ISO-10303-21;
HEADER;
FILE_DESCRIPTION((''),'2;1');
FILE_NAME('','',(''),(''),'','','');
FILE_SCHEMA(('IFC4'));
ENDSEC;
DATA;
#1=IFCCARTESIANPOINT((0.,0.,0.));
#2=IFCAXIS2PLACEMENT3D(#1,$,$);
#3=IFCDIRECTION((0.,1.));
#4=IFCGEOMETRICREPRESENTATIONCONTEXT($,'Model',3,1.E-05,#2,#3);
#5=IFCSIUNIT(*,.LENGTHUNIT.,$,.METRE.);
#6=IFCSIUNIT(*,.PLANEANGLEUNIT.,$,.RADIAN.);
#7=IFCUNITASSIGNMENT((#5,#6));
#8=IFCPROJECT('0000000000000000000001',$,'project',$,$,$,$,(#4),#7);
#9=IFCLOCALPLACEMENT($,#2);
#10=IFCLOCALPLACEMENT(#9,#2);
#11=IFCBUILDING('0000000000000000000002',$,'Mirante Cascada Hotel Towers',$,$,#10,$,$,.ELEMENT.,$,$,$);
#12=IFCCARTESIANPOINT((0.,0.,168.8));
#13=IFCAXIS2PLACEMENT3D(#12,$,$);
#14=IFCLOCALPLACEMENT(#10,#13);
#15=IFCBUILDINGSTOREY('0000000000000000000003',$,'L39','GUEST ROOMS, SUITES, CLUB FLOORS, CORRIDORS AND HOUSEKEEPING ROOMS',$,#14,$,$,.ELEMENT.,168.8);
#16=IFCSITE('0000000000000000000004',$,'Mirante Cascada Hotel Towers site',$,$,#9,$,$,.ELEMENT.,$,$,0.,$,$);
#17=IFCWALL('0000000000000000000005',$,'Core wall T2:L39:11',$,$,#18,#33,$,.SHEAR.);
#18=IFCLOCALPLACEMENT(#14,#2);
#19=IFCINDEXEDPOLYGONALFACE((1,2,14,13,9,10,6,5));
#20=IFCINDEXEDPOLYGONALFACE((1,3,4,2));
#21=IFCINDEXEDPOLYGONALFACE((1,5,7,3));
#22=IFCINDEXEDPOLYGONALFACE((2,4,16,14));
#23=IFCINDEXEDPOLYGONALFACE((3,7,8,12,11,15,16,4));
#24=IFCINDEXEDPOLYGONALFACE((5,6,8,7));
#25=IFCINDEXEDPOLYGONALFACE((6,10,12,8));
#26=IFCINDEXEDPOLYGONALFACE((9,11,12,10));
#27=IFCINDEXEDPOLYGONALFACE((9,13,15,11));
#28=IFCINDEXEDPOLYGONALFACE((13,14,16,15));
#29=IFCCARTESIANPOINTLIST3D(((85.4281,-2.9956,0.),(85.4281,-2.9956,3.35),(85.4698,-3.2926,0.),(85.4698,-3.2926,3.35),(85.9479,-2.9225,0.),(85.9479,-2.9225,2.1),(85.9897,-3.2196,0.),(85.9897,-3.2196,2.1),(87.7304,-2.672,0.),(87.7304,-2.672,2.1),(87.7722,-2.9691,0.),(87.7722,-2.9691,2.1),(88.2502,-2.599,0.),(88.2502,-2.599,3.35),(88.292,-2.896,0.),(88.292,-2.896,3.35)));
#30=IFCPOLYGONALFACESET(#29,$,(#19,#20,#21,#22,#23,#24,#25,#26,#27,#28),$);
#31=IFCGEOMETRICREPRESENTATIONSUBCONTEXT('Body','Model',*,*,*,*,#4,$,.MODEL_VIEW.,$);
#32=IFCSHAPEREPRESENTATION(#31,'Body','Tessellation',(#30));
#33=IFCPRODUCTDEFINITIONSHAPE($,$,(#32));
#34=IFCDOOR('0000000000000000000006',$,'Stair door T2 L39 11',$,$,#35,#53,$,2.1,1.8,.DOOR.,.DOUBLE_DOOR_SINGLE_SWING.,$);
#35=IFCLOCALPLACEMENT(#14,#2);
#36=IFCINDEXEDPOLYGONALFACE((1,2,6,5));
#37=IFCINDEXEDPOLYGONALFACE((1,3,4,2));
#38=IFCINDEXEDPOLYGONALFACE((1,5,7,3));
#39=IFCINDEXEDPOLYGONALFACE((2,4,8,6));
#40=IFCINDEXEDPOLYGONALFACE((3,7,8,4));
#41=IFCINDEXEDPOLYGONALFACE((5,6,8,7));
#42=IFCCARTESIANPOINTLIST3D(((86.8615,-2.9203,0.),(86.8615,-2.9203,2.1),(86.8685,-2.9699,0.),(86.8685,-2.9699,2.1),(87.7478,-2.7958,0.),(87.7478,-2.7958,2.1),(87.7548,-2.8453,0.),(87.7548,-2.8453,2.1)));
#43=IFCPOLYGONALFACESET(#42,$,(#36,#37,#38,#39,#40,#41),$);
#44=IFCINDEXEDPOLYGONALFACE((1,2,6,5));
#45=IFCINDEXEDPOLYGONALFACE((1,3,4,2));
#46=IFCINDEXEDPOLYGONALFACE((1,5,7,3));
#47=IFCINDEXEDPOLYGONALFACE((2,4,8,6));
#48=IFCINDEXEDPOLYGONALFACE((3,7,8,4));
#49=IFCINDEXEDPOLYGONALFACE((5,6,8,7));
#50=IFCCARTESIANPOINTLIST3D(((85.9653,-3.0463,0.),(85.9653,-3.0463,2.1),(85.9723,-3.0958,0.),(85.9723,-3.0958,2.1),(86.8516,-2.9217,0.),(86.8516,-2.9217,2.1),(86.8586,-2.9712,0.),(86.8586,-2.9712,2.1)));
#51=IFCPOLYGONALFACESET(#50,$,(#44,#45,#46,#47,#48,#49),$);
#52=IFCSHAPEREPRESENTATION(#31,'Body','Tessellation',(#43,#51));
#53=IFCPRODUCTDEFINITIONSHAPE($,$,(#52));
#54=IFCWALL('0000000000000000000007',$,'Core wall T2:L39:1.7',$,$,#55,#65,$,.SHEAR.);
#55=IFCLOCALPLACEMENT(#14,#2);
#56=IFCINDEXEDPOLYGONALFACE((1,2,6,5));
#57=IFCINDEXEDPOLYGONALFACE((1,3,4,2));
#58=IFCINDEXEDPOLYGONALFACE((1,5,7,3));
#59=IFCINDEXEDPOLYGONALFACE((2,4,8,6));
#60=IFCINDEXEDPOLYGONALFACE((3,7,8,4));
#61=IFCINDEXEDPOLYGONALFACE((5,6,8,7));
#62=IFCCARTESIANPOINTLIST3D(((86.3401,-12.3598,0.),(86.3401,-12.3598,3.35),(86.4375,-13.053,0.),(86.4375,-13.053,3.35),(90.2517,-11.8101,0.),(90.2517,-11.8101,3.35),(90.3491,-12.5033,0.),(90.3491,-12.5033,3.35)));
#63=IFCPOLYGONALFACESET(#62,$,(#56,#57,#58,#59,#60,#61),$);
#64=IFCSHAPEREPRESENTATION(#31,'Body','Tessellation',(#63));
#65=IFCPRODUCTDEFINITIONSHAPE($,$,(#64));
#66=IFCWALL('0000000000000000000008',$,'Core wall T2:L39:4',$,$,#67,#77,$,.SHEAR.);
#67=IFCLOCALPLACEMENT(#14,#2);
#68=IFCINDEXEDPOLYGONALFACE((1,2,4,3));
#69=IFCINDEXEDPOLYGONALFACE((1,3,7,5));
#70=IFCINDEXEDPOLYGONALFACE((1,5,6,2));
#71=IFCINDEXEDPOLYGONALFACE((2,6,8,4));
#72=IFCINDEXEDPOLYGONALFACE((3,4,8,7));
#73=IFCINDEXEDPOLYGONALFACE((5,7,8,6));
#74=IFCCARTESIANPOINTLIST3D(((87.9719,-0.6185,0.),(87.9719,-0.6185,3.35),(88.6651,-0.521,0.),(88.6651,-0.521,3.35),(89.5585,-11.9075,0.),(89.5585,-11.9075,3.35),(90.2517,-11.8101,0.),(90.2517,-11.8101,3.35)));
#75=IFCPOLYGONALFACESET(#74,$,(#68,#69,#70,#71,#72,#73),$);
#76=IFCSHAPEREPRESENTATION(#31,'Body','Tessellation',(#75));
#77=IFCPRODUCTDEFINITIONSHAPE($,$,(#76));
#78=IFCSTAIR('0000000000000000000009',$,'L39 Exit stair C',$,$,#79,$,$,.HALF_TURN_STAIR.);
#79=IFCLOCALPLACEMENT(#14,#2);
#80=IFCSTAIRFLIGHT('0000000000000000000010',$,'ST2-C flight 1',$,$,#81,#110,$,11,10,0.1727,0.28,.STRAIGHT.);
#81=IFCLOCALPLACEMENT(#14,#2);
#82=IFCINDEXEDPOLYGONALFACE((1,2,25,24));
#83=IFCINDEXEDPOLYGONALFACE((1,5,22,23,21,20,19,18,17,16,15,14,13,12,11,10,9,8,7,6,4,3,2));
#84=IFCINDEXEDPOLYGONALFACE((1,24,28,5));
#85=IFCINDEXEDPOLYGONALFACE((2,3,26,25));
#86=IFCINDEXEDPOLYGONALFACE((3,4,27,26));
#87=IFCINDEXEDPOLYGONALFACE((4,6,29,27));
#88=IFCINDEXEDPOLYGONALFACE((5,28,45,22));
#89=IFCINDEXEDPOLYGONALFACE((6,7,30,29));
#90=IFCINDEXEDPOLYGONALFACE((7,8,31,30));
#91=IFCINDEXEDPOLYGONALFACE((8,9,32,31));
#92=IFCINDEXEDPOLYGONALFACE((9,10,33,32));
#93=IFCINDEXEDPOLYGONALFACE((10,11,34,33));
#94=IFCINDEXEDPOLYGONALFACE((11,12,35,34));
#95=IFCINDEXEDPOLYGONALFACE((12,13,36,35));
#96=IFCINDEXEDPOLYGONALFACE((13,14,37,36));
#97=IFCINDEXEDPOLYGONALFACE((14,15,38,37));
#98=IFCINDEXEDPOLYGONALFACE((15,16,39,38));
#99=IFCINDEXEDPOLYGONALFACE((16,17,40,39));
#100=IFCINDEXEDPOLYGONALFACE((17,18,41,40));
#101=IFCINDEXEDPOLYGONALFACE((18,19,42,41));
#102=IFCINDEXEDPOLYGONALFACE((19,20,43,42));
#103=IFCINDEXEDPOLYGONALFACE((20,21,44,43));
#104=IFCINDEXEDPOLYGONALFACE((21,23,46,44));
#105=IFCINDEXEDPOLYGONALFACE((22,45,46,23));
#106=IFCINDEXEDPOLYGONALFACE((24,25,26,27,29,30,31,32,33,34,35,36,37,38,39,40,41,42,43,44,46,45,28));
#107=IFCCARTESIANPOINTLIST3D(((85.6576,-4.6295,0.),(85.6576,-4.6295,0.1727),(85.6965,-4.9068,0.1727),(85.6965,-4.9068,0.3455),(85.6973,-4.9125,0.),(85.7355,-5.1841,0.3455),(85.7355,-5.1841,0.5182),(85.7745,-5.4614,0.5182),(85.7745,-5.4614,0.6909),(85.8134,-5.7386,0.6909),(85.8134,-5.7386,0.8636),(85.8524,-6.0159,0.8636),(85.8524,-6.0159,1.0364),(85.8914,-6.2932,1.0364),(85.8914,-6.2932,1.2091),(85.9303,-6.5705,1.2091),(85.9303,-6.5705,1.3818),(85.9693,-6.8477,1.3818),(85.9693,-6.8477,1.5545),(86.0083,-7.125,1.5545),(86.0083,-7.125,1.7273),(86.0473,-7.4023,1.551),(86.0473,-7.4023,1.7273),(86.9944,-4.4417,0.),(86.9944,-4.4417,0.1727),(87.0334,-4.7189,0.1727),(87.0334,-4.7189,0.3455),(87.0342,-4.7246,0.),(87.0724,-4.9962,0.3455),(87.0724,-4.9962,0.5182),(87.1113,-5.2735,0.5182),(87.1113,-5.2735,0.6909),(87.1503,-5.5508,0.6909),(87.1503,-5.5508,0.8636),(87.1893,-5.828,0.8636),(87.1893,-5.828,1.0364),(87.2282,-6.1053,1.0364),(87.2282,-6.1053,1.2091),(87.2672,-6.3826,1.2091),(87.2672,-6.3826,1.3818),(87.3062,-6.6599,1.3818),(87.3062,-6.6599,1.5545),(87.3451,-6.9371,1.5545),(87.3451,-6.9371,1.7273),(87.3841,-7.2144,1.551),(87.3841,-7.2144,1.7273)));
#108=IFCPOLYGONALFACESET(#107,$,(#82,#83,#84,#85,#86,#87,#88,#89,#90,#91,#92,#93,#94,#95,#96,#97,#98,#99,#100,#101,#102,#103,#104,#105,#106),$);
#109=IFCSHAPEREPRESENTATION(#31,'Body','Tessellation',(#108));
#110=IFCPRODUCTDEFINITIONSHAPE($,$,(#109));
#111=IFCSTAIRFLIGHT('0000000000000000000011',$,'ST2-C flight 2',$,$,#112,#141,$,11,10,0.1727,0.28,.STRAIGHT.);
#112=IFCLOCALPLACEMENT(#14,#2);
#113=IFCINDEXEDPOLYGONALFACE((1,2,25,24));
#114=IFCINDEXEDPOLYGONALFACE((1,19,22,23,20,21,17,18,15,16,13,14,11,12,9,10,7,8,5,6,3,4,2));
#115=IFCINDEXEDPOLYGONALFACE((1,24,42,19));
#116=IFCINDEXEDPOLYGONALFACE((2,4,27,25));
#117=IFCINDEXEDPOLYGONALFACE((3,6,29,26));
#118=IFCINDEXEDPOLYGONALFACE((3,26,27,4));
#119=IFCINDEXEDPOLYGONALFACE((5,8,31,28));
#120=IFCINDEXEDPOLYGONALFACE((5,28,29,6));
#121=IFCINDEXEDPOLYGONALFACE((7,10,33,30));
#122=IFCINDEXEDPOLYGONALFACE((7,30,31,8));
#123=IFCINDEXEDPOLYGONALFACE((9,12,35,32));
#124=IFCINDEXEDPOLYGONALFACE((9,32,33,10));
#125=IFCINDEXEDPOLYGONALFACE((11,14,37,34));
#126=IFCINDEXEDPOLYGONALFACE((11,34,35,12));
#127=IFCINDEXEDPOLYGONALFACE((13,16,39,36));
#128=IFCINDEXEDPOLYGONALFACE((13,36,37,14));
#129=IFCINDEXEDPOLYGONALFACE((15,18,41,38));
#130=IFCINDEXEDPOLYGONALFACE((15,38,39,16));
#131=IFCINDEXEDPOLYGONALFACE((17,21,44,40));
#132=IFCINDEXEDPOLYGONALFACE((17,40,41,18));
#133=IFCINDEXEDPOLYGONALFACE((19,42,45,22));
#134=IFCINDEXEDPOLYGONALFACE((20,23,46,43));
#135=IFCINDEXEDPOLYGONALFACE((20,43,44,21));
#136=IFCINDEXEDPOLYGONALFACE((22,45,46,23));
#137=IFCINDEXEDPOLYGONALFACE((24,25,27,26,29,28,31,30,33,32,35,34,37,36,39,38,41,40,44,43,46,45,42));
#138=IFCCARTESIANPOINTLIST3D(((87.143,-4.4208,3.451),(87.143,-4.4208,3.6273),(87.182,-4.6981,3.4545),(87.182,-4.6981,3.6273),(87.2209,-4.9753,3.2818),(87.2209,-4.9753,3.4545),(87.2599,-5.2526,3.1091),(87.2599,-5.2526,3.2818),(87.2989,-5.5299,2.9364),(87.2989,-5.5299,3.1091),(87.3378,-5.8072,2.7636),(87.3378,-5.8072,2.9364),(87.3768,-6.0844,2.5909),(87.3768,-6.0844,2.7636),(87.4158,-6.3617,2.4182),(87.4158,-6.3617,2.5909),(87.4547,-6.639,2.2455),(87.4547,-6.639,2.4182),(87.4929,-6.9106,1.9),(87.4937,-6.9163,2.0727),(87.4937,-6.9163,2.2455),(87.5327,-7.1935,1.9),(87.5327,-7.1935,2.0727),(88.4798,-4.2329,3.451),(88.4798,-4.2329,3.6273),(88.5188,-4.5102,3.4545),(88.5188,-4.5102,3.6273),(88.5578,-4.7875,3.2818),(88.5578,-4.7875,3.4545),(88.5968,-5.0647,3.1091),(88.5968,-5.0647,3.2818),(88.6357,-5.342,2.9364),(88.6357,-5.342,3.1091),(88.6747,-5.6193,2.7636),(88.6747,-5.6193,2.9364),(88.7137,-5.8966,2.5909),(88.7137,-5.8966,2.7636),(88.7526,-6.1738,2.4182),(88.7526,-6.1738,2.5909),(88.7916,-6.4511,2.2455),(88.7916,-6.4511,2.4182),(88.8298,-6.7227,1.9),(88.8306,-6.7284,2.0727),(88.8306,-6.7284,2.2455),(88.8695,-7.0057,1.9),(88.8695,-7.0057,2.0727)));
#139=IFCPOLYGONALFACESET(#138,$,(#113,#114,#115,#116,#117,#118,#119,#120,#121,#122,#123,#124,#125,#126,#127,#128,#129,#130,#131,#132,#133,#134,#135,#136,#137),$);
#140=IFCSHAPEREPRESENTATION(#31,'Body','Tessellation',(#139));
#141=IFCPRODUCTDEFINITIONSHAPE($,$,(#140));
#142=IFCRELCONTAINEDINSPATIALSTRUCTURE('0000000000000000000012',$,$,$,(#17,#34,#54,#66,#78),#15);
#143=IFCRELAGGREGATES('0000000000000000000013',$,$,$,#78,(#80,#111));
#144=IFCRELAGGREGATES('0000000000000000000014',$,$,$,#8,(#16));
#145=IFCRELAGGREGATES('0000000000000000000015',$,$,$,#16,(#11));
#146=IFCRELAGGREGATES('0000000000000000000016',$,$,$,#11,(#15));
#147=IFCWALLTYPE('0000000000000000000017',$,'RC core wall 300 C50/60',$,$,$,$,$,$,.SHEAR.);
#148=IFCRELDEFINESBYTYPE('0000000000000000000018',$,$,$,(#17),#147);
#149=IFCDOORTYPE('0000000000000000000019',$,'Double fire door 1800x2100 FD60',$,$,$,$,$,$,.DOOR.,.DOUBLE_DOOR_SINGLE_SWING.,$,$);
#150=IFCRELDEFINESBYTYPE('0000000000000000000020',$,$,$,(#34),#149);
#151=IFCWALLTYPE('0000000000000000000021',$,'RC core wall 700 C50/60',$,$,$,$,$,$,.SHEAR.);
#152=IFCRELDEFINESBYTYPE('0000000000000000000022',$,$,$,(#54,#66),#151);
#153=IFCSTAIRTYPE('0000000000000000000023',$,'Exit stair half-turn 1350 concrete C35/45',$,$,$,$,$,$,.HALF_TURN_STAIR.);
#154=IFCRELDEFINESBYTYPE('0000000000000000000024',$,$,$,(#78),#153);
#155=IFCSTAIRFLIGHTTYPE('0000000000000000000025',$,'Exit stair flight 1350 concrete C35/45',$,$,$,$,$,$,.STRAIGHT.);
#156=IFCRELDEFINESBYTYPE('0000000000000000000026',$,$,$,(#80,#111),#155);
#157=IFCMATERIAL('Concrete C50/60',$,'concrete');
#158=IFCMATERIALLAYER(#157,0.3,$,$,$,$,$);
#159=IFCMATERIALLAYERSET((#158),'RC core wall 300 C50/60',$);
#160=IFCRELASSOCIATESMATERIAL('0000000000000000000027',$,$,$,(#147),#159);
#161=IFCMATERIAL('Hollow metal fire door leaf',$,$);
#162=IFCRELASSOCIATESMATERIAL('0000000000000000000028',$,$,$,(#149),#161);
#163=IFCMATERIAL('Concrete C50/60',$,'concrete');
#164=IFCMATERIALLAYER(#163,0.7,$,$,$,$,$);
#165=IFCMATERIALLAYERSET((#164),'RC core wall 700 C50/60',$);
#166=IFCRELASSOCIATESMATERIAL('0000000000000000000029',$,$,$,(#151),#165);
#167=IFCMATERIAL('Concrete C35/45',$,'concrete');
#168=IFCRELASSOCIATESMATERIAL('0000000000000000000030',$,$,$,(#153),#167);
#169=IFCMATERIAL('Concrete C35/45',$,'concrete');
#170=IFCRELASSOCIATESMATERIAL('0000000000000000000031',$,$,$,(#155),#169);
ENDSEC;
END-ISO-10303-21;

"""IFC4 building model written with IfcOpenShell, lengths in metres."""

from ifc_helpers import new_model, si_unit, direction, frame, frame_2d, origin, place, context, subcontext, project, spatial, polyline, rectangle, outline, extrude, material, layer, layer_set, type_object, element, fill, aggregate, save


model = new_model("IFC4")

# Units and contexts
model_context = context("Model", 3, precision=1e-05, world=origin(), true_north=direction((0.0, 1.0)))
body_context = subcontext(model_context, "Body", "Model", "MODEL_VIEW")
ifc_project = project(units=[si_unit("LENGTHUNIT", "METRE"), si_unit("PLANEANGLEUNIT", "RADIAN")], contexts=[model_context])

# Site, building, storey
site_placement = place(None, origin())
site = spatial("IfcSite", under=ifc_project, at=site_placement, Name="Mirante Cascada Hotel Towers site", CompositionType="ELEMENT", RefElevation=0.0)
building_placement = place(site_placement, origin())
building = spatial("IfcBuilding", under=site, at=building_placement, Name="Mirante Cascada Hotel Towers", CompositionType="ELEMENT")
storey_placement = place(building_placement, frame((0.0, 0.0, 168.8)))
storey = spatial("IfcBuildingStorey", under=building, at=storey_placement, Name="L39", Description="GUEST ROOMS, SUITES, CLUB FLOORS, CORRIDORS AND HOUSEKEEPING ROOMS", CompositionType="ELEMENT", Elevation=168.8)

# Shared definitions
ifc_material_1 = material(Name="Concrete C50/60", Category="concrete")
ifc_layer_1 = layer(ifc_material_1, 0.3)
ifc_layer_set_1 = layer_set([ifc_layer_1], Name="RC core wall 300 C50/60")
wall_type_1 = type_object("IfcWallType", Name="RC core wall 300 C50/60", PredefinedType="SHEAR", material=ifc_layer_set_1)

# Wall, opening, door
wall_1_placement = place(storey_placement, frame((85.4489, -3.1441, 0.0), z_axis=(0.0, 0.0, 1.0), x_axis=(0.99027, 0.139161, 0.0)))
wall_1 = element("IfcWall", 1, at=wall_1_placement, inside=storey, type_object=wall_type_1, Name="Core wall T2:L39:11", PredefinedType="SHEAR", context=body_context, shape_type="SweptSolid", body=[
    extrude(rectangle(XDim=2.8499, YDim=0.3, at=frame_2d((1.425, 0.0))), origin(), (0.0, 0.0, 1.0), 3.35),
])
opening_1_placement = place(wall_1_placement, frame((0.525, 0.0, 0.0)))
opening_1 = element("IfcOpeningElement", 2, at=opening_1_placement, cuts=wall_1, PredefinedType="OPENING", context=body_context, shape_type="SweptSolid", body=[
    extrude(rectangle(XDim=1.8, YDim=2.1, at=frame_2d((0.9, 1.05))), frame((0.0, 0.15, 0.0), z_axis=(0.0, -1.0, 0.0), x_axis=(1.0, 0.0, 0.0)), (0.0, 0.0, 1.0), 0.3),
])
ifc_material_2 = material(Name="Hollow metal fire door leaf")
door_type_1 = type_object("IfcDoorType", Name="Double fire door 1800x2100 FD60", OperationType="DOUBLE_DOOR_SINGLE_SWING", PredefinedType="DOOR", material=ifc_material_2)
door_1_placement = place(opening_1_placement, frame((1.8, 0.0, 0.0), z_axis=(0.0, 0.0, 1.0), x_axis=(-1.0, 0.0, 0.0)))
door_1 = element("IfcDoor", 3, at=door_1_placement, inside=storey, type_object=door_type_1, Name="Stair door T2 L39 11", OperationType="DOUBLE_DOOR_SINGLE_SWING", OverallHeight=2.1, OverallWidth=1.8, PredefinedType="DOOR", context=body_context, shape_type="SweptSolid", body=[
    extrude(rectangle(XDim=0.895, YDim=2.1, at=frame_2d((0.4475, 1.05))), frame((0.0, 0.025, 0.0), z_axis=(0.0, -1.0, 0.0), x_axis=(1.0, 0.0, 0.0)), (0.0, 0.0, 1.0), 0.05),
    extrude(rectangle(XDim=0.895, YDim=2.1, at=frame_2d((1.3525, 1.05))), frame((0.0, 0.025, 0.0), z_axis=(0.0, -1.0, 0.0), x_axis=(1.0, 0.0, 0.0)), (0.0, 0.0, 1.0), 0.05),
])
fill(opening_1, door_1)

# Walls
ifc_material_3 = material(Name="Concrete C50/60", Category="concrete")
ifc_layer_2 = layer(ifc_material_3, 0.7)
ifc_layer_set_2 = layer_set([ifc_layer_2], Name="RC core wall 700 C50/60")
wall_type_2 = type_object("IfcWallType", Name="RC core wall 700 C50/60", PredefinedType="SHEAR", material=ifc_layer_set_2)
wall_2_placement = place(storey_placement, frame((86.3888, -12.7064, 0.0), z_axis=(0.0, 0.0, 1.0), x_axis=(0.990269, 0.139163, 0.0)))
element("IfcWall", 4, at=wall_2_placement, inside=storey, type_object=wall_type_2, Name="Core wall T2:L39:1.7", PredefinedType="SHEAR", context=body_context, shape_type="SweptSolid", body=[
    extrude(rectangle(XDim=3.95, YDim=0.7, at=frame_2d((1.975, 0.0))), origin(), (0.0, 0.0, 1.0), 3.35),
])
wall_3_placement = place(storey_placement, frame((89.9051, -11.8588, 0.0), z_axis=(0.0, 0.0, 1.0), x_axis=(-0.139175, 0.990268, 0.0)))
element("IfcWall", 5, at=wall_3_placement, inside=storey, type_object=wall_type_2, Name="Core wall T2:L39:4", PredefinedType="SHEAR", context=body_context, shape_type="SweptSolid", body=[
    extrude(rectangle(XDim=11.4, YDim=0.7, at=frame_2d((5.7, 0.0))), origin(), (0.0, 0.0, 1.0), 3.35),
])

# Stair, stair flights
ifc_material_4 = material(Name="Concrete C35/45", Category="concrete")
stair_type = type_object("IfcStairType", Name="Exit stair half-turn 1350 concrete C35/45", PredefinedType="HALF_TURN_STAIR", material=ifc_material_4)
stair_placement = place(storey_placement, origin())
stair = element("IfcStair", 6, at=stair_placement, inside=storey, type_object=stair_type, Name="L39 Exit stair C", PredefinedType="HALF_TURN_STAIR")
ifc_material_5 = material(Name="Concrete C35/45", Category="concrete")
stair_flight_type = type_object("IfcStairFlightType", Name="Exit stair flight 1350 concrete C35/45", PredefinedType="STRAIGHT", material=ifc_material_5)
stair_flight_1_placement = place(storey_placement, frame((86.326, -4.5356, 0.0), z_axis=(0.0, 0.0, 1.0), x_axis=(0.139173, -0.990268, 0.0)))
stair_flight_1 = element("IfcStairFlight", 7, at=stair_flight_1_placement, type_object=stair_flight_type, Name="ST2-C flight 1", NumberOfRisers=11, NumberOfTreads=10, PredefinedType="STRAIGHT", RiserHeight=0.1727, TreadLength=0.28, context=body_context, shape_type="SweptSolid", body=[
    extrude(outline(polyline([(0.0, 0.0), (0.0, 0.1727), (0.28, 0.1727), (0.28, 0.3455), (0.56, 0.3455), (0.56, 0.5182), (0.84, 0.5182), (0.84, 0.6909), (1.12, 0.6909), (1.12, 0.8636), (1.4, 0.8636), (1.4, 1.0364), (1.68, 1.0364), (1.68, 1.2091), (1.96, 1.2091), (1.96, 1.3818), (2.24, 1.3818), (2.24, 1.5545), (2.52, 1.5545), (2.52, 1.7273), (2.8, 1.7273), (2.8, 1.9), (2.8, 1.551), (0.2857, 0.0), (0.0, 0.0)])), frame((0.0, 0.675, 0.0), z_axis=(0.0, -1.0, 0.0), x_axis=(1.0, 0.0, 0.0)), (0.0, 0.0, 1.0), 1.35),
])
stair_flight_2_placement = place(storey_placement, frame((88.2011, -7.0996, 1.9), z_axis=(0.0, 0.0, 1.0), x_axis=(-0.139173, 0.990268, 0.0)))
stair_flight_2 = element("IfcStairFlight", 8, at=stair_flight_2_placement, type_object=stair_flight_type, Name="ST2-C flight 2", NumberOfRisers=11, NumberOfTreads=10, PredefinedType="STRAIGHT", RiserHeight=0.1727, TreadLength=0.28, context=body_context, shape_type="SweptSolid", body=[
    extrude(outline(polyline([(0.0, 0.0), (0.0, 0.1727), (0.28, 0.1727), (0.28, 0.3455), (0.56, 0.3455), (0.56, 0.5182), (0.84, 0.5182), (0.84, 0.6909), (1.12, 0.6909), (1.12, 0.8636), (1.4, 0.8636), (1.4, 1.0364), (1.68, 1.0364), (1.68, 1.2091), (1.96, 1.2091), (1.96, 1.3818), (2.24, 1.3818), (2.24, 1.5545), (2.52, 1.5545), (2.52, 1.7273), (2.8, 1.7273), (2.8, 1.9), (2.8, 1.551), (0.2857, 0.0), (0.0, 0.0)])), frame((0.0, 0.675, 0.0), z_axis=(0.0, -1.0, 0.0), x_axis=(1.0, 0.0, 0.0)), (0.0, 0.0, 1.0), 1.35),
])
aggregate(stair, [stair_flight_1, stair_flight_2])

save(model, "model.ifc")
